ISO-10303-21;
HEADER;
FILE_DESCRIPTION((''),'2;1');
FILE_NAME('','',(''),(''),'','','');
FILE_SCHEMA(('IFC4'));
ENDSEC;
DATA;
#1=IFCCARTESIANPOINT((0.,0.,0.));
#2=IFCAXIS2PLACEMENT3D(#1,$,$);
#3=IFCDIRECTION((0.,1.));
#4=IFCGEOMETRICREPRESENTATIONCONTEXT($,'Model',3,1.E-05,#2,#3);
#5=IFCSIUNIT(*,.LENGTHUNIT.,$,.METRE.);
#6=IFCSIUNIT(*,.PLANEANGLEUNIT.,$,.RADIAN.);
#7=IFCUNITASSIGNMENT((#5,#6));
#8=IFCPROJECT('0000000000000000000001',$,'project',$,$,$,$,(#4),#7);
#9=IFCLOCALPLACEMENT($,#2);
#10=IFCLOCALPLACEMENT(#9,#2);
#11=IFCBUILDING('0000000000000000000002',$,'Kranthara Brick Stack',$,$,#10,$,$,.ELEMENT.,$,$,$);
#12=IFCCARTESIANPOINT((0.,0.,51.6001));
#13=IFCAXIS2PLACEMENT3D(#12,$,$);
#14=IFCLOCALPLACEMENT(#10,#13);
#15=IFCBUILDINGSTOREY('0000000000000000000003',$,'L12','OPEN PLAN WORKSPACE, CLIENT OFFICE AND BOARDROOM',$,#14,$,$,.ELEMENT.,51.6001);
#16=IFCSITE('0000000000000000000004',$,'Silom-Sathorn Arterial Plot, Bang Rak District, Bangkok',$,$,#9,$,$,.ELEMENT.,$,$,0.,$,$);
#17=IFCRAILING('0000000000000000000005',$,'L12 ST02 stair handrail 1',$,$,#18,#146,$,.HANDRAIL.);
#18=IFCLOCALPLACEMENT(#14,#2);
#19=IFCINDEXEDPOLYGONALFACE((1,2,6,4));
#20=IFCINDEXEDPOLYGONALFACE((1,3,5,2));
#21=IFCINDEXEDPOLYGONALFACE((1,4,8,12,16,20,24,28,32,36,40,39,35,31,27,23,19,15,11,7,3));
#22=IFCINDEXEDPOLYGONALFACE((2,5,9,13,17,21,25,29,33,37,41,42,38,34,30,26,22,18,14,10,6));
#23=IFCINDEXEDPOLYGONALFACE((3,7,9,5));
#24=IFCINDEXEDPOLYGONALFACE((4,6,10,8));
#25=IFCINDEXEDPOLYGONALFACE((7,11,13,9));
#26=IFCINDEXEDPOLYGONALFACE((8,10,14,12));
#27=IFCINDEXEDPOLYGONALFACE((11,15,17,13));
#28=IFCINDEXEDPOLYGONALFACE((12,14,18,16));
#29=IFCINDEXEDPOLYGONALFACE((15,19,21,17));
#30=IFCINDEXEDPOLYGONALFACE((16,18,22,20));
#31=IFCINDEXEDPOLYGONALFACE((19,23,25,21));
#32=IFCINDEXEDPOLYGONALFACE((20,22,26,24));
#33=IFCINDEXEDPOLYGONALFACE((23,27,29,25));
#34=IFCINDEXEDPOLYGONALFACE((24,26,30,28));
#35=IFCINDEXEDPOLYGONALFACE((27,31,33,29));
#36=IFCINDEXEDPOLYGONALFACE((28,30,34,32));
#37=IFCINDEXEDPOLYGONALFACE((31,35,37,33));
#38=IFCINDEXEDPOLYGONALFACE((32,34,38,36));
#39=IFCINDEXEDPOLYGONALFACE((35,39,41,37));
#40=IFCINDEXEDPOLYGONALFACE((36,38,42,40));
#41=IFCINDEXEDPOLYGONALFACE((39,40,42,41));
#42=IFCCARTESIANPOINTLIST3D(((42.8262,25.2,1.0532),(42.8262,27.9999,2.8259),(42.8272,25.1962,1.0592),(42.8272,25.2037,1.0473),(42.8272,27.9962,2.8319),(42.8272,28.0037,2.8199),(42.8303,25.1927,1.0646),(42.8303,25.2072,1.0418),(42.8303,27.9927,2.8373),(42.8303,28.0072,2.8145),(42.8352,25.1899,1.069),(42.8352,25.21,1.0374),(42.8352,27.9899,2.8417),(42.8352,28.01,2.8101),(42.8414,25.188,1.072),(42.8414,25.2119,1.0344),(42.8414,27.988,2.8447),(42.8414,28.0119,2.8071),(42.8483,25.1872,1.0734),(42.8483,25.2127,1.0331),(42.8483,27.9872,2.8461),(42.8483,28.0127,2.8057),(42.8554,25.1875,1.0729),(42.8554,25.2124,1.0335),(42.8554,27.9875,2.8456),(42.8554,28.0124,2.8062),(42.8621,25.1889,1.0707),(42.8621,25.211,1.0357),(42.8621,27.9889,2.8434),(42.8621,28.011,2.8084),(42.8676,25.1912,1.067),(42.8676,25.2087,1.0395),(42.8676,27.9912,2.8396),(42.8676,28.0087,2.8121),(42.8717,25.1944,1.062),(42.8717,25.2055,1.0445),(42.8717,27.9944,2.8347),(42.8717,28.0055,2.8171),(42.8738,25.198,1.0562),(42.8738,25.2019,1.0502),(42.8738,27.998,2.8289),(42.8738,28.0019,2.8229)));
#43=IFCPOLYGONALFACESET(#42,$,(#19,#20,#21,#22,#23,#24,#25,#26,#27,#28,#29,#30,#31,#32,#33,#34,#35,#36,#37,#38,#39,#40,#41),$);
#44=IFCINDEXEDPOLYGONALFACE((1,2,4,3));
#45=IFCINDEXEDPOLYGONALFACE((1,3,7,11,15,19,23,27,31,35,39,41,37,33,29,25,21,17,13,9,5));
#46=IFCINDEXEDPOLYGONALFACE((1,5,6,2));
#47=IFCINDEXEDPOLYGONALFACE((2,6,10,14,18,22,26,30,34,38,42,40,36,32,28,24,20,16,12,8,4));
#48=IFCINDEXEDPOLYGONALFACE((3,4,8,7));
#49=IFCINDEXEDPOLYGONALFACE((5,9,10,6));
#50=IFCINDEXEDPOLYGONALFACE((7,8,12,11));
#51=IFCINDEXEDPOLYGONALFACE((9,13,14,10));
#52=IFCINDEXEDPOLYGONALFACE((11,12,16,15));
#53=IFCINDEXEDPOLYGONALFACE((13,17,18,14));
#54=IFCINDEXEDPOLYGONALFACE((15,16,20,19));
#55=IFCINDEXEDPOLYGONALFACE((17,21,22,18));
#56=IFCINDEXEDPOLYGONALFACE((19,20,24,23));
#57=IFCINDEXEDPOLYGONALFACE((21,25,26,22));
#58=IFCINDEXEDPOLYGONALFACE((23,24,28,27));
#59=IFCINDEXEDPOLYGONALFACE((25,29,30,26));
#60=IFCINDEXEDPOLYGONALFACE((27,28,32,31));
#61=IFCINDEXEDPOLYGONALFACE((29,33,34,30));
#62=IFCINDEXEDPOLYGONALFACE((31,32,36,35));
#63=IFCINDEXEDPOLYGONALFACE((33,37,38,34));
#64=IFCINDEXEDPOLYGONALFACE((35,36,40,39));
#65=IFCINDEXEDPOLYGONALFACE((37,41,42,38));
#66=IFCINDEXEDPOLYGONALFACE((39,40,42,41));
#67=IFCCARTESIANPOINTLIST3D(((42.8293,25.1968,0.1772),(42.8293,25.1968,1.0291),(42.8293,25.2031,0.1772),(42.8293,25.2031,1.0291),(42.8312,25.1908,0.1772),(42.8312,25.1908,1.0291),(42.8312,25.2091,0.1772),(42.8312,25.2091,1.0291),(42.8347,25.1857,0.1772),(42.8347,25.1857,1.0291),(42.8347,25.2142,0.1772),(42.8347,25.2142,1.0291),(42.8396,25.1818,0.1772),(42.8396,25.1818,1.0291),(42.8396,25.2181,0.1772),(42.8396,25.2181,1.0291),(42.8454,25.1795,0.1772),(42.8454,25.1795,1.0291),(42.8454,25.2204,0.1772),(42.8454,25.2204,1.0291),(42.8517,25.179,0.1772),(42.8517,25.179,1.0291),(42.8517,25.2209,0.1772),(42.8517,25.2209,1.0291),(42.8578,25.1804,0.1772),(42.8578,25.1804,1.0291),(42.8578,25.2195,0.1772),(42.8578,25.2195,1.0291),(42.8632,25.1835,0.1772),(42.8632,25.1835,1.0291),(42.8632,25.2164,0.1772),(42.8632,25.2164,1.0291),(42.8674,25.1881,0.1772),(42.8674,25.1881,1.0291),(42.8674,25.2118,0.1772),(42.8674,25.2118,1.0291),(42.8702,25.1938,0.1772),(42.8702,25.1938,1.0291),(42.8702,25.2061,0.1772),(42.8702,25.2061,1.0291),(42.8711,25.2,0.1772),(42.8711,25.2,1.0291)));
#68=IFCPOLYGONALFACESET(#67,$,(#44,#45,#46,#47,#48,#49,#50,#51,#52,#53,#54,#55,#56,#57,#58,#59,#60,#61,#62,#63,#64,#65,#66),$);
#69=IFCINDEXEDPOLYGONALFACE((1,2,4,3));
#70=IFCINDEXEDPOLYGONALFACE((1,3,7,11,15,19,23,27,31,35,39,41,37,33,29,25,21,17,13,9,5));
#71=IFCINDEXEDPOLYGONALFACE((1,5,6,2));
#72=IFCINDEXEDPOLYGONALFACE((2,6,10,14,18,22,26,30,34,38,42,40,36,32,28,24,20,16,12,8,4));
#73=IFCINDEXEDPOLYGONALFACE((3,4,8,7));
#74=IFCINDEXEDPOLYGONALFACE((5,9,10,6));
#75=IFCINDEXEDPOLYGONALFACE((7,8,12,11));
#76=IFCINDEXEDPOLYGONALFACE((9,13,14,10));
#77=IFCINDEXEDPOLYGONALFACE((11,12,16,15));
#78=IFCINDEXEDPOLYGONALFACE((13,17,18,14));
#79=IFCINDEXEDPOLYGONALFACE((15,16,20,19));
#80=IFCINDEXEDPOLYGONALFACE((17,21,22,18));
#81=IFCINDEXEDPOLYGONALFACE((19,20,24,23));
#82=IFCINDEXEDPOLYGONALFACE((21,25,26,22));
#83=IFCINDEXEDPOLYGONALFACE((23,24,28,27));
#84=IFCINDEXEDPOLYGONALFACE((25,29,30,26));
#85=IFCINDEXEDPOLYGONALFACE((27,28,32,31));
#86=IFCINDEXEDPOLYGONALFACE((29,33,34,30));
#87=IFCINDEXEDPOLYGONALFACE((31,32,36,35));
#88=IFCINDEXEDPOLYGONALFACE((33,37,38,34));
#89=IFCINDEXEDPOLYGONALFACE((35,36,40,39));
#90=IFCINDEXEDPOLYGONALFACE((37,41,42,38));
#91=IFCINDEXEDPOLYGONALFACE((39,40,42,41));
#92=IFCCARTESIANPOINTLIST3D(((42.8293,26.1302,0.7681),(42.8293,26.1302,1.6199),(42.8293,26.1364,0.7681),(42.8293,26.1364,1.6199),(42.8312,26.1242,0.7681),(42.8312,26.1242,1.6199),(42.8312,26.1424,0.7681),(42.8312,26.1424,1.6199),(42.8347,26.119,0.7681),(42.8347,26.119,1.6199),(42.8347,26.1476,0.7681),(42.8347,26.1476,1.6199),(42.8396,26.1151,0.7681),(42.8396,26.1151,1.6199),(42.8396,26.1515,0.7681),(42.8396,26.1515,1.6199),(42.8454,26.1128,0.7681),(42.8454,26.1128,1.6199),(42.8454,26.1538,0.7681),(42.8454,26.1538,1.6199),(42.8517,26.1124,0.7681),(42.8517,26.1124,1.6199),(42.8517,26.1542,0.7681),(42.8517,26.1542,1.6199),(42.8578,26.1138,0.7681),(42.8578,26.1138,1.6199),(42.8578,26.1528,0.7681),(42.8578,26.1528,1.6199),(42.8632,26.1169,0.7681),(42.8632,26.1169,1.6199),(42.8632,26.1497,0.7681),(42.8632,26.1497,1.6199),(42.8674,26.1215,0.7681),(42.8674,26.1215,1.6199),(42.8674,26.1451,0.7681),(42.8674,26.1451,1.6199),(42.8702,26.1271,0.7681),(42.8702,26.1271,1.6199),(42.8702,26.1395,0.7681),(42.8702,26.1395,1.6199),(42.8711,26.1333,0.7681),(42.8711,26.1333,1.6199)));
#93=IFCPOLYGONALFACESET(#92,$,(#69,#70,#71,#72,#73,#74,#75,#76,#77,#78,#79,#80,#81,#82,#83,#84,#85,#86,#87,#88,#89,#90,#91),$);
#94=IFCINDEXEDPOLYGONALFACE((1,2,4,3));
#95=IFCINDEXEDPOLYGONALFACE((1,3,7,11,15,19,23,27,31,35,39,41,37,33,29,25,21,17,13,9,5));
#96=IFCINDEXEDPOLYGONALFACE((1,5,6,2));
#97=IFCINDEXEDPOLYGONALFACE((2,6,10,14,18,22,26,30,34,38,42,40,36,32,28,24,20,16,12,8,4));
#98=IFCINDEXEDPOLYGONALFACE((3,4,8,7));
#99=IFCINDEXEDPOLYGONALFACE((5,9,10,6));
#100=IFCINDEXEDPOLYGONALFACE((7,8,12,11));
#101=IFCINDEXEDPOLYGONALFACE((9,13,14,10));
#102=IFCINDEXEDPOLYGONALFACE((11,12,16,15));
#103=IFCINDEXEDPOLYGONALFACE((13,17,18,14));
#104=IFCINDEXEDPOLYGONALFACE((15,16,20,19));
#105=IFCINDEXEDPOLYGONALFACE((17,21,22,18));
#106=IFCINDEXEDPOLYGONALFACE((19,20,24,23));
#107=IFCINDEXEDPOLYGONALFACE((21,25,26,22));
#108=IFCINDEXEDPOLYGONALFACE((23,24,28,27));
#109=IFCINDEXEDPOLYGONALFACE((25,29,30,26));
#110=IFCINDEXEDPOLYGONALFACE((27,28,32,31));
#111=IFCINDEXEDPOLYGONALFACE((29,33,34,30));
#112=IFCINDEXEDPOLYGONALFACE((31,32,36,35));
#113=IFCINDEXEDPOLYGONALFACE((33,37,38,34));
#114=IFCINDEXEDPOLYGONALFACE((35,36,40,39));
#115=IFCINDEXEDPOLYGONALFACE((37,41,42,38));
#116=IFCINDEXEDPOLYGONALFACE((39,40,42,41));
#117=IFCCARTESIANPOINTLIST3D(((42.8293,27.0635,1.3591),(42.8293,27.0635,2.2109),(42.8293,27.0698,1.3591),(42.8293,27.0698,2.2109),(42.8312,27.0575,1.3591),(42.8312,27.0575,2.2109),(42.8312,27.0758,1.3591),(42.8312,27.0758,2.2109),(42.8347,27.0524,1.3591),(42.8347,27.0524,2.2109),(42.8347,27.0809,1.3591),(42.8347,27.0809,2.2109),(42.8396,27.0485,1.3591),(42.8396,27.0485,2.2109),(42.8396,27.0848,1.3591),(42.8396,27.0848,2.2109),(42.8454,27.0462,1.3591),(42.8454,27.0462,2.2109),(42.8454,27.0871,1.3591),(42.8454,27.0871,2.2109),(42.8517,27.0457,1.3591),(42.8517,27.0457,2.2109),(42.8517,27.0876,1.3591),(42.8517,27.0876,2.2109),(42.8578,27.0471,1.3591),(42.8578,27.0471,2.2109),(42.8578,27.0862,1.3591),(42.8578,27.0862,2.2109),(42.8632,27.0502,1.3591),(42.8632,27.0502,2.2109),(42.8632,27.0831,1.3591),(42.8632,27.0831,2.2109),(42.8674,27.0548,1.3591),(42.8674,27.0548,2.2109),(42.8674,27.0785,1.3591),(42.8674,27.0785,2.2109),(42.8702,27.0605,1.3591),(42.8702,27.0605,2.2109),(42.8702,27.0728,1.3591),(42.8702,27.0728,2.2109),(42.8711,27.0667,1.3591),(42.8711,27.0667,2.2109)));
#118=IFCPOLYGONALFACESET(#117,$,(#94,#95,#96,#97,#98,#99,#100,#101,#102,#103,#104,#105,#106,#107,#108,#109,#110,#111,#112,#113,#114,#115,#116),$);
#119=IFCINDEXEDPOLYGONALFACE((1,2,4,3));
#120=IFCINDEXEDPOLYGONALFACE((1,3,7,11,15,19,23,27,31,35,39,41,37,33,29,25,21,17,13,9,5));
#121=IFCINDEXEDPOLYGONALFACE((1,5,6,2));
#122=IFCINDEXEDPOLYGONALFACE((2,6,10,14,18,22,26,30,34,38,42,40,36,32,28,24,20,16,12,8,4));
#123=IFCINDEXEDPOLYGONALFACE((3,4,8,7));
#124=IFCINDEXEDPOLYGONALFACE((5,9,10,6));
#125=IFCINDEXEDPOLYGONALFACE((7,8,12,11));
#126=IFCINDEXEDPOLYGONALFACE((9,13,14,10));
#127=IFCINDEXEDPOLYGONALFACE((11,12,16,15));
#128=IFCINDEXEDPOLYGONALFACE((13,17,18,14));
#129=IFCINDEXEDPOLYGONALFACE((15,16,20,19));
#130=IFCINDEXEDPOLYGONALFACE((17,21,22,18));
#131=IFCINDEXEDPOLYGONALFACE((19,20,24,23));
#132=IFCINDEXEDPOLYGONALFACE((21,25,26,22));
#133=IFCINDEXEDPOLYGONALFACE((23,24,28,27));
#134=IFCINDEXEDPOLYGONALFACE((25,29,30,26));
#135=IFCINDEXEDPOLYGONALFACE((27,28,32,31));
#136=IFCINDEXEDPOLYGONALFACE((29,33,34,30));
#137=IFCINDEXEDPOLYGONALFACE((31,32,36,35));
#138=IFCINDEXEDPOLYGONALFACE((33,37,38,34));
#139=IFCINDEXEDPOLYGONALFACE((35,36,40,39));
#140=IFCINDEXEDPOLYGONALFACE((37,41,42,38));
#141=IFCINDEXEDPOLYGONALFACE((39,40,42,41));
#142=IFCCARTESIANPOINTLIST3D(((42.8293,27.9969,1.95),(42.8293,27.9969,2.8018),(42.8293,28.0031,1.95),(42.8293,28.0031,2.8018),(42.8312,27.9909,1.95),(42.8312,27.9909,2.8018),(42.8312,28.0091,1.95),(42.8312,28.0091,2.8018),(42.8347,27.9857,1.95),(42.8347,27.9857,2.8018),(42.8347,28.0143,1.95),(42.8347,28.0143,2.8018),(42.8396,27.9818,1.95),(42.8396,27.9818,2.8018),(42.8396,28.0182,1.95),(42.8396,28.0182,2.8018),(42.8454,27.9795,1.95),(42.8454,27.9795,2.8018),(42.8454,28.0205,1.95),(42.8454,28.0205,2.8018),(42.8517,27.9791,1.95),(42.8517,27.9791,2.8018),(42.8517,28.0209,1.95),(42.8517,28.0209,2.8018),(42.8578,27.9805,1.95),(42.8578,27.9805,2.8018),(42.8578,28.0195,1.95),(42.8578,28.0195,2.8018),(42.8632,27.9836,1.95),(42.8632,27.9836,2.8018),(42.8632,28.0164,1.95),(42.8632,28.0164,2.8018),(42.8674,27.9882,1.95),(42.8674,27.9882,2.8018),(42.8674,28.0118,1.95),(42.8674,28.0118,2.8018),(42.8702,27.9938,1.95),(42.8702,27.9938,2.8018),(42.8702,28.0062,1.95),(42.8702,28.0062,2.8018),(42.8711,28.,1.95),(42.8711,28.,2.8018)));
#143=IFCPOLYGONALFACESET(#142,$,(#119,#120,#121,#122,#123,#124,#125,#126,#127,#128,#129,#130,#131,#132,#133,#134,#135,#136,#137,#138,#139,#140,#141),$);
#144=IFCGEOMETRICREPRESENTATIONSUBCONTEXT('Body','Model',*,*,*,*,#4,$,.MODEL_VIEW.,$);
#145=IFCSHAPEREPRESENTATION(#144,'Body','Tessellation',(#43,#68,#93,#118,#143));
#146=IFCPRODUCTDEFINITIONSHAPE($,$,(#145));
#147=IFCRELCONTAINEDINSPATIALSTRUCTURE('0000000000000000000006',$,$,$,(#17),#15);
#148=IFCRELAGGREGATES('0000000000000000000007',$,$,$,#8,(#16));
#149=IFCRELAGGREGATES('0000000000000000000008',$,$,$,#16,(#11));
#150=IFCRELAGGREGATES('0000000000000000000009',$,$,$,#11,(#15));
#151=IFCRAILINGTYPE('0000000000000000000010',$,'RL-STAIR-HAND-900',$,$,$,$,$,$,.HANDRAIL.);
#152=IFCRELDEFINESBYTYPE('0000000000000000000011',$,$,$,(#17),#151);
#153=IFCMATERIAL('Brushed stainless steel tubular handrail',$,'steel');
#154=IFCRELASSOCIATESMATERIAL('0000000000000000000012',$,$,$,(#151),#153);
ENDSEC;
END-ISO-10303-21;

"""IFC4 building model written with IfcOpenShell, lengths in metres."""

from ifc_helpers import new_model, si_unit, direction, frame, origin, origin_2d, place, context, subcontext, project, spatial, circle, extrude, material, type_object, element, save


model = new_model("IFC4")

# Units and contexts
model_context = context("Model", 3, precision=1e-05, world=origin(), true_north=direction((0.0, 1.0)))
body_context = subcontext(model_context, "Body", "Model", "MODEL_VIEW")
ifc_project = project(units=[si_unit("LENGTHUNIT", "METRE"), si_unit("PLANEANGLEUNIT", "RADIAN")], contexts=[model_context])

# Site, building, storey
site_placement = place(None, origin())
site = spatial("IfcSite", under=ifc_project, at=site_placement, Name="Silom-Sathorn Arterial Plot, Bang Rak District, Bangkok", CompositionType="ELEMENT", RefElevation=0.0)
building_placement = place(site_placement, origin())
building = spatial("IfcBuilding", under=site, at=building_placement, Name="Kranthara Brick Stack", CompositionType="ELEMENT")
storey_placement = place(building_placement, frame((0.0, 0.0, 51.6001)))
storey = spatial("IfcBuildingStorey", under=building, at=storey_placement, Name="L12", Description="OPEN PLAN WORKSPACE, CLIENT OFFICE AND BOARDROOM", CompositionType="ELEMENT", Elevation=51.6001)

# Railing
ifc_material_1 = material(Name="Brushed stainless steel tubular handrail", Category="steel")
railing_type_1 = type_object("IfcRailingType", Name="RL-STAIR-HAND-900", PredefinedType="HANDRAIL", material=ifc_material_1)
railing_1_placement = place(storey_placement, frame((42.8501, 25.2, 0.1772)))
element("IfcRailing", 1, at=railing_1_placement, inside=storey, type_object=railing_type_1, Name="L12 ST02 stair handrail 1", PredefinedType="HANDRAIL", context=body_context, shape_type="SweptSolid", body=[
    extrude(circle(Radius=0.0239, at=origin_2d()), frame((0.0, 0.0, 0.876), z_axis=(0.0, 0.844909, 0.53491), x_axis=(-1.0, 0.0, 0.0)), (0.0, 0.0, 1.0), 3.314),
    extrude(circle(Radius=0.021, at=origin_2d()), origin(), (0.0, 0.0, 1.0), 0.8518),
    extrude(circle(Radius=0.021, at=origin_2d()), frame((0.0, 0.9333, 0.5908)), (0.0, 0.0, 1.0), 0.8518),
    extrude(circle(Radius=0.021, at=origin_2d()), frame((0.0, 1.8667, 1.1819)), (0.0, 0.0, 1.0), 0.8518),
    extrude(circle(Radius=0.021, at=origin_2d()), frame((0.0, 2.8, 1.7727)), (0.0, 0.0, 1.0), 0.8518),
])

save(model, "model.ifc")
